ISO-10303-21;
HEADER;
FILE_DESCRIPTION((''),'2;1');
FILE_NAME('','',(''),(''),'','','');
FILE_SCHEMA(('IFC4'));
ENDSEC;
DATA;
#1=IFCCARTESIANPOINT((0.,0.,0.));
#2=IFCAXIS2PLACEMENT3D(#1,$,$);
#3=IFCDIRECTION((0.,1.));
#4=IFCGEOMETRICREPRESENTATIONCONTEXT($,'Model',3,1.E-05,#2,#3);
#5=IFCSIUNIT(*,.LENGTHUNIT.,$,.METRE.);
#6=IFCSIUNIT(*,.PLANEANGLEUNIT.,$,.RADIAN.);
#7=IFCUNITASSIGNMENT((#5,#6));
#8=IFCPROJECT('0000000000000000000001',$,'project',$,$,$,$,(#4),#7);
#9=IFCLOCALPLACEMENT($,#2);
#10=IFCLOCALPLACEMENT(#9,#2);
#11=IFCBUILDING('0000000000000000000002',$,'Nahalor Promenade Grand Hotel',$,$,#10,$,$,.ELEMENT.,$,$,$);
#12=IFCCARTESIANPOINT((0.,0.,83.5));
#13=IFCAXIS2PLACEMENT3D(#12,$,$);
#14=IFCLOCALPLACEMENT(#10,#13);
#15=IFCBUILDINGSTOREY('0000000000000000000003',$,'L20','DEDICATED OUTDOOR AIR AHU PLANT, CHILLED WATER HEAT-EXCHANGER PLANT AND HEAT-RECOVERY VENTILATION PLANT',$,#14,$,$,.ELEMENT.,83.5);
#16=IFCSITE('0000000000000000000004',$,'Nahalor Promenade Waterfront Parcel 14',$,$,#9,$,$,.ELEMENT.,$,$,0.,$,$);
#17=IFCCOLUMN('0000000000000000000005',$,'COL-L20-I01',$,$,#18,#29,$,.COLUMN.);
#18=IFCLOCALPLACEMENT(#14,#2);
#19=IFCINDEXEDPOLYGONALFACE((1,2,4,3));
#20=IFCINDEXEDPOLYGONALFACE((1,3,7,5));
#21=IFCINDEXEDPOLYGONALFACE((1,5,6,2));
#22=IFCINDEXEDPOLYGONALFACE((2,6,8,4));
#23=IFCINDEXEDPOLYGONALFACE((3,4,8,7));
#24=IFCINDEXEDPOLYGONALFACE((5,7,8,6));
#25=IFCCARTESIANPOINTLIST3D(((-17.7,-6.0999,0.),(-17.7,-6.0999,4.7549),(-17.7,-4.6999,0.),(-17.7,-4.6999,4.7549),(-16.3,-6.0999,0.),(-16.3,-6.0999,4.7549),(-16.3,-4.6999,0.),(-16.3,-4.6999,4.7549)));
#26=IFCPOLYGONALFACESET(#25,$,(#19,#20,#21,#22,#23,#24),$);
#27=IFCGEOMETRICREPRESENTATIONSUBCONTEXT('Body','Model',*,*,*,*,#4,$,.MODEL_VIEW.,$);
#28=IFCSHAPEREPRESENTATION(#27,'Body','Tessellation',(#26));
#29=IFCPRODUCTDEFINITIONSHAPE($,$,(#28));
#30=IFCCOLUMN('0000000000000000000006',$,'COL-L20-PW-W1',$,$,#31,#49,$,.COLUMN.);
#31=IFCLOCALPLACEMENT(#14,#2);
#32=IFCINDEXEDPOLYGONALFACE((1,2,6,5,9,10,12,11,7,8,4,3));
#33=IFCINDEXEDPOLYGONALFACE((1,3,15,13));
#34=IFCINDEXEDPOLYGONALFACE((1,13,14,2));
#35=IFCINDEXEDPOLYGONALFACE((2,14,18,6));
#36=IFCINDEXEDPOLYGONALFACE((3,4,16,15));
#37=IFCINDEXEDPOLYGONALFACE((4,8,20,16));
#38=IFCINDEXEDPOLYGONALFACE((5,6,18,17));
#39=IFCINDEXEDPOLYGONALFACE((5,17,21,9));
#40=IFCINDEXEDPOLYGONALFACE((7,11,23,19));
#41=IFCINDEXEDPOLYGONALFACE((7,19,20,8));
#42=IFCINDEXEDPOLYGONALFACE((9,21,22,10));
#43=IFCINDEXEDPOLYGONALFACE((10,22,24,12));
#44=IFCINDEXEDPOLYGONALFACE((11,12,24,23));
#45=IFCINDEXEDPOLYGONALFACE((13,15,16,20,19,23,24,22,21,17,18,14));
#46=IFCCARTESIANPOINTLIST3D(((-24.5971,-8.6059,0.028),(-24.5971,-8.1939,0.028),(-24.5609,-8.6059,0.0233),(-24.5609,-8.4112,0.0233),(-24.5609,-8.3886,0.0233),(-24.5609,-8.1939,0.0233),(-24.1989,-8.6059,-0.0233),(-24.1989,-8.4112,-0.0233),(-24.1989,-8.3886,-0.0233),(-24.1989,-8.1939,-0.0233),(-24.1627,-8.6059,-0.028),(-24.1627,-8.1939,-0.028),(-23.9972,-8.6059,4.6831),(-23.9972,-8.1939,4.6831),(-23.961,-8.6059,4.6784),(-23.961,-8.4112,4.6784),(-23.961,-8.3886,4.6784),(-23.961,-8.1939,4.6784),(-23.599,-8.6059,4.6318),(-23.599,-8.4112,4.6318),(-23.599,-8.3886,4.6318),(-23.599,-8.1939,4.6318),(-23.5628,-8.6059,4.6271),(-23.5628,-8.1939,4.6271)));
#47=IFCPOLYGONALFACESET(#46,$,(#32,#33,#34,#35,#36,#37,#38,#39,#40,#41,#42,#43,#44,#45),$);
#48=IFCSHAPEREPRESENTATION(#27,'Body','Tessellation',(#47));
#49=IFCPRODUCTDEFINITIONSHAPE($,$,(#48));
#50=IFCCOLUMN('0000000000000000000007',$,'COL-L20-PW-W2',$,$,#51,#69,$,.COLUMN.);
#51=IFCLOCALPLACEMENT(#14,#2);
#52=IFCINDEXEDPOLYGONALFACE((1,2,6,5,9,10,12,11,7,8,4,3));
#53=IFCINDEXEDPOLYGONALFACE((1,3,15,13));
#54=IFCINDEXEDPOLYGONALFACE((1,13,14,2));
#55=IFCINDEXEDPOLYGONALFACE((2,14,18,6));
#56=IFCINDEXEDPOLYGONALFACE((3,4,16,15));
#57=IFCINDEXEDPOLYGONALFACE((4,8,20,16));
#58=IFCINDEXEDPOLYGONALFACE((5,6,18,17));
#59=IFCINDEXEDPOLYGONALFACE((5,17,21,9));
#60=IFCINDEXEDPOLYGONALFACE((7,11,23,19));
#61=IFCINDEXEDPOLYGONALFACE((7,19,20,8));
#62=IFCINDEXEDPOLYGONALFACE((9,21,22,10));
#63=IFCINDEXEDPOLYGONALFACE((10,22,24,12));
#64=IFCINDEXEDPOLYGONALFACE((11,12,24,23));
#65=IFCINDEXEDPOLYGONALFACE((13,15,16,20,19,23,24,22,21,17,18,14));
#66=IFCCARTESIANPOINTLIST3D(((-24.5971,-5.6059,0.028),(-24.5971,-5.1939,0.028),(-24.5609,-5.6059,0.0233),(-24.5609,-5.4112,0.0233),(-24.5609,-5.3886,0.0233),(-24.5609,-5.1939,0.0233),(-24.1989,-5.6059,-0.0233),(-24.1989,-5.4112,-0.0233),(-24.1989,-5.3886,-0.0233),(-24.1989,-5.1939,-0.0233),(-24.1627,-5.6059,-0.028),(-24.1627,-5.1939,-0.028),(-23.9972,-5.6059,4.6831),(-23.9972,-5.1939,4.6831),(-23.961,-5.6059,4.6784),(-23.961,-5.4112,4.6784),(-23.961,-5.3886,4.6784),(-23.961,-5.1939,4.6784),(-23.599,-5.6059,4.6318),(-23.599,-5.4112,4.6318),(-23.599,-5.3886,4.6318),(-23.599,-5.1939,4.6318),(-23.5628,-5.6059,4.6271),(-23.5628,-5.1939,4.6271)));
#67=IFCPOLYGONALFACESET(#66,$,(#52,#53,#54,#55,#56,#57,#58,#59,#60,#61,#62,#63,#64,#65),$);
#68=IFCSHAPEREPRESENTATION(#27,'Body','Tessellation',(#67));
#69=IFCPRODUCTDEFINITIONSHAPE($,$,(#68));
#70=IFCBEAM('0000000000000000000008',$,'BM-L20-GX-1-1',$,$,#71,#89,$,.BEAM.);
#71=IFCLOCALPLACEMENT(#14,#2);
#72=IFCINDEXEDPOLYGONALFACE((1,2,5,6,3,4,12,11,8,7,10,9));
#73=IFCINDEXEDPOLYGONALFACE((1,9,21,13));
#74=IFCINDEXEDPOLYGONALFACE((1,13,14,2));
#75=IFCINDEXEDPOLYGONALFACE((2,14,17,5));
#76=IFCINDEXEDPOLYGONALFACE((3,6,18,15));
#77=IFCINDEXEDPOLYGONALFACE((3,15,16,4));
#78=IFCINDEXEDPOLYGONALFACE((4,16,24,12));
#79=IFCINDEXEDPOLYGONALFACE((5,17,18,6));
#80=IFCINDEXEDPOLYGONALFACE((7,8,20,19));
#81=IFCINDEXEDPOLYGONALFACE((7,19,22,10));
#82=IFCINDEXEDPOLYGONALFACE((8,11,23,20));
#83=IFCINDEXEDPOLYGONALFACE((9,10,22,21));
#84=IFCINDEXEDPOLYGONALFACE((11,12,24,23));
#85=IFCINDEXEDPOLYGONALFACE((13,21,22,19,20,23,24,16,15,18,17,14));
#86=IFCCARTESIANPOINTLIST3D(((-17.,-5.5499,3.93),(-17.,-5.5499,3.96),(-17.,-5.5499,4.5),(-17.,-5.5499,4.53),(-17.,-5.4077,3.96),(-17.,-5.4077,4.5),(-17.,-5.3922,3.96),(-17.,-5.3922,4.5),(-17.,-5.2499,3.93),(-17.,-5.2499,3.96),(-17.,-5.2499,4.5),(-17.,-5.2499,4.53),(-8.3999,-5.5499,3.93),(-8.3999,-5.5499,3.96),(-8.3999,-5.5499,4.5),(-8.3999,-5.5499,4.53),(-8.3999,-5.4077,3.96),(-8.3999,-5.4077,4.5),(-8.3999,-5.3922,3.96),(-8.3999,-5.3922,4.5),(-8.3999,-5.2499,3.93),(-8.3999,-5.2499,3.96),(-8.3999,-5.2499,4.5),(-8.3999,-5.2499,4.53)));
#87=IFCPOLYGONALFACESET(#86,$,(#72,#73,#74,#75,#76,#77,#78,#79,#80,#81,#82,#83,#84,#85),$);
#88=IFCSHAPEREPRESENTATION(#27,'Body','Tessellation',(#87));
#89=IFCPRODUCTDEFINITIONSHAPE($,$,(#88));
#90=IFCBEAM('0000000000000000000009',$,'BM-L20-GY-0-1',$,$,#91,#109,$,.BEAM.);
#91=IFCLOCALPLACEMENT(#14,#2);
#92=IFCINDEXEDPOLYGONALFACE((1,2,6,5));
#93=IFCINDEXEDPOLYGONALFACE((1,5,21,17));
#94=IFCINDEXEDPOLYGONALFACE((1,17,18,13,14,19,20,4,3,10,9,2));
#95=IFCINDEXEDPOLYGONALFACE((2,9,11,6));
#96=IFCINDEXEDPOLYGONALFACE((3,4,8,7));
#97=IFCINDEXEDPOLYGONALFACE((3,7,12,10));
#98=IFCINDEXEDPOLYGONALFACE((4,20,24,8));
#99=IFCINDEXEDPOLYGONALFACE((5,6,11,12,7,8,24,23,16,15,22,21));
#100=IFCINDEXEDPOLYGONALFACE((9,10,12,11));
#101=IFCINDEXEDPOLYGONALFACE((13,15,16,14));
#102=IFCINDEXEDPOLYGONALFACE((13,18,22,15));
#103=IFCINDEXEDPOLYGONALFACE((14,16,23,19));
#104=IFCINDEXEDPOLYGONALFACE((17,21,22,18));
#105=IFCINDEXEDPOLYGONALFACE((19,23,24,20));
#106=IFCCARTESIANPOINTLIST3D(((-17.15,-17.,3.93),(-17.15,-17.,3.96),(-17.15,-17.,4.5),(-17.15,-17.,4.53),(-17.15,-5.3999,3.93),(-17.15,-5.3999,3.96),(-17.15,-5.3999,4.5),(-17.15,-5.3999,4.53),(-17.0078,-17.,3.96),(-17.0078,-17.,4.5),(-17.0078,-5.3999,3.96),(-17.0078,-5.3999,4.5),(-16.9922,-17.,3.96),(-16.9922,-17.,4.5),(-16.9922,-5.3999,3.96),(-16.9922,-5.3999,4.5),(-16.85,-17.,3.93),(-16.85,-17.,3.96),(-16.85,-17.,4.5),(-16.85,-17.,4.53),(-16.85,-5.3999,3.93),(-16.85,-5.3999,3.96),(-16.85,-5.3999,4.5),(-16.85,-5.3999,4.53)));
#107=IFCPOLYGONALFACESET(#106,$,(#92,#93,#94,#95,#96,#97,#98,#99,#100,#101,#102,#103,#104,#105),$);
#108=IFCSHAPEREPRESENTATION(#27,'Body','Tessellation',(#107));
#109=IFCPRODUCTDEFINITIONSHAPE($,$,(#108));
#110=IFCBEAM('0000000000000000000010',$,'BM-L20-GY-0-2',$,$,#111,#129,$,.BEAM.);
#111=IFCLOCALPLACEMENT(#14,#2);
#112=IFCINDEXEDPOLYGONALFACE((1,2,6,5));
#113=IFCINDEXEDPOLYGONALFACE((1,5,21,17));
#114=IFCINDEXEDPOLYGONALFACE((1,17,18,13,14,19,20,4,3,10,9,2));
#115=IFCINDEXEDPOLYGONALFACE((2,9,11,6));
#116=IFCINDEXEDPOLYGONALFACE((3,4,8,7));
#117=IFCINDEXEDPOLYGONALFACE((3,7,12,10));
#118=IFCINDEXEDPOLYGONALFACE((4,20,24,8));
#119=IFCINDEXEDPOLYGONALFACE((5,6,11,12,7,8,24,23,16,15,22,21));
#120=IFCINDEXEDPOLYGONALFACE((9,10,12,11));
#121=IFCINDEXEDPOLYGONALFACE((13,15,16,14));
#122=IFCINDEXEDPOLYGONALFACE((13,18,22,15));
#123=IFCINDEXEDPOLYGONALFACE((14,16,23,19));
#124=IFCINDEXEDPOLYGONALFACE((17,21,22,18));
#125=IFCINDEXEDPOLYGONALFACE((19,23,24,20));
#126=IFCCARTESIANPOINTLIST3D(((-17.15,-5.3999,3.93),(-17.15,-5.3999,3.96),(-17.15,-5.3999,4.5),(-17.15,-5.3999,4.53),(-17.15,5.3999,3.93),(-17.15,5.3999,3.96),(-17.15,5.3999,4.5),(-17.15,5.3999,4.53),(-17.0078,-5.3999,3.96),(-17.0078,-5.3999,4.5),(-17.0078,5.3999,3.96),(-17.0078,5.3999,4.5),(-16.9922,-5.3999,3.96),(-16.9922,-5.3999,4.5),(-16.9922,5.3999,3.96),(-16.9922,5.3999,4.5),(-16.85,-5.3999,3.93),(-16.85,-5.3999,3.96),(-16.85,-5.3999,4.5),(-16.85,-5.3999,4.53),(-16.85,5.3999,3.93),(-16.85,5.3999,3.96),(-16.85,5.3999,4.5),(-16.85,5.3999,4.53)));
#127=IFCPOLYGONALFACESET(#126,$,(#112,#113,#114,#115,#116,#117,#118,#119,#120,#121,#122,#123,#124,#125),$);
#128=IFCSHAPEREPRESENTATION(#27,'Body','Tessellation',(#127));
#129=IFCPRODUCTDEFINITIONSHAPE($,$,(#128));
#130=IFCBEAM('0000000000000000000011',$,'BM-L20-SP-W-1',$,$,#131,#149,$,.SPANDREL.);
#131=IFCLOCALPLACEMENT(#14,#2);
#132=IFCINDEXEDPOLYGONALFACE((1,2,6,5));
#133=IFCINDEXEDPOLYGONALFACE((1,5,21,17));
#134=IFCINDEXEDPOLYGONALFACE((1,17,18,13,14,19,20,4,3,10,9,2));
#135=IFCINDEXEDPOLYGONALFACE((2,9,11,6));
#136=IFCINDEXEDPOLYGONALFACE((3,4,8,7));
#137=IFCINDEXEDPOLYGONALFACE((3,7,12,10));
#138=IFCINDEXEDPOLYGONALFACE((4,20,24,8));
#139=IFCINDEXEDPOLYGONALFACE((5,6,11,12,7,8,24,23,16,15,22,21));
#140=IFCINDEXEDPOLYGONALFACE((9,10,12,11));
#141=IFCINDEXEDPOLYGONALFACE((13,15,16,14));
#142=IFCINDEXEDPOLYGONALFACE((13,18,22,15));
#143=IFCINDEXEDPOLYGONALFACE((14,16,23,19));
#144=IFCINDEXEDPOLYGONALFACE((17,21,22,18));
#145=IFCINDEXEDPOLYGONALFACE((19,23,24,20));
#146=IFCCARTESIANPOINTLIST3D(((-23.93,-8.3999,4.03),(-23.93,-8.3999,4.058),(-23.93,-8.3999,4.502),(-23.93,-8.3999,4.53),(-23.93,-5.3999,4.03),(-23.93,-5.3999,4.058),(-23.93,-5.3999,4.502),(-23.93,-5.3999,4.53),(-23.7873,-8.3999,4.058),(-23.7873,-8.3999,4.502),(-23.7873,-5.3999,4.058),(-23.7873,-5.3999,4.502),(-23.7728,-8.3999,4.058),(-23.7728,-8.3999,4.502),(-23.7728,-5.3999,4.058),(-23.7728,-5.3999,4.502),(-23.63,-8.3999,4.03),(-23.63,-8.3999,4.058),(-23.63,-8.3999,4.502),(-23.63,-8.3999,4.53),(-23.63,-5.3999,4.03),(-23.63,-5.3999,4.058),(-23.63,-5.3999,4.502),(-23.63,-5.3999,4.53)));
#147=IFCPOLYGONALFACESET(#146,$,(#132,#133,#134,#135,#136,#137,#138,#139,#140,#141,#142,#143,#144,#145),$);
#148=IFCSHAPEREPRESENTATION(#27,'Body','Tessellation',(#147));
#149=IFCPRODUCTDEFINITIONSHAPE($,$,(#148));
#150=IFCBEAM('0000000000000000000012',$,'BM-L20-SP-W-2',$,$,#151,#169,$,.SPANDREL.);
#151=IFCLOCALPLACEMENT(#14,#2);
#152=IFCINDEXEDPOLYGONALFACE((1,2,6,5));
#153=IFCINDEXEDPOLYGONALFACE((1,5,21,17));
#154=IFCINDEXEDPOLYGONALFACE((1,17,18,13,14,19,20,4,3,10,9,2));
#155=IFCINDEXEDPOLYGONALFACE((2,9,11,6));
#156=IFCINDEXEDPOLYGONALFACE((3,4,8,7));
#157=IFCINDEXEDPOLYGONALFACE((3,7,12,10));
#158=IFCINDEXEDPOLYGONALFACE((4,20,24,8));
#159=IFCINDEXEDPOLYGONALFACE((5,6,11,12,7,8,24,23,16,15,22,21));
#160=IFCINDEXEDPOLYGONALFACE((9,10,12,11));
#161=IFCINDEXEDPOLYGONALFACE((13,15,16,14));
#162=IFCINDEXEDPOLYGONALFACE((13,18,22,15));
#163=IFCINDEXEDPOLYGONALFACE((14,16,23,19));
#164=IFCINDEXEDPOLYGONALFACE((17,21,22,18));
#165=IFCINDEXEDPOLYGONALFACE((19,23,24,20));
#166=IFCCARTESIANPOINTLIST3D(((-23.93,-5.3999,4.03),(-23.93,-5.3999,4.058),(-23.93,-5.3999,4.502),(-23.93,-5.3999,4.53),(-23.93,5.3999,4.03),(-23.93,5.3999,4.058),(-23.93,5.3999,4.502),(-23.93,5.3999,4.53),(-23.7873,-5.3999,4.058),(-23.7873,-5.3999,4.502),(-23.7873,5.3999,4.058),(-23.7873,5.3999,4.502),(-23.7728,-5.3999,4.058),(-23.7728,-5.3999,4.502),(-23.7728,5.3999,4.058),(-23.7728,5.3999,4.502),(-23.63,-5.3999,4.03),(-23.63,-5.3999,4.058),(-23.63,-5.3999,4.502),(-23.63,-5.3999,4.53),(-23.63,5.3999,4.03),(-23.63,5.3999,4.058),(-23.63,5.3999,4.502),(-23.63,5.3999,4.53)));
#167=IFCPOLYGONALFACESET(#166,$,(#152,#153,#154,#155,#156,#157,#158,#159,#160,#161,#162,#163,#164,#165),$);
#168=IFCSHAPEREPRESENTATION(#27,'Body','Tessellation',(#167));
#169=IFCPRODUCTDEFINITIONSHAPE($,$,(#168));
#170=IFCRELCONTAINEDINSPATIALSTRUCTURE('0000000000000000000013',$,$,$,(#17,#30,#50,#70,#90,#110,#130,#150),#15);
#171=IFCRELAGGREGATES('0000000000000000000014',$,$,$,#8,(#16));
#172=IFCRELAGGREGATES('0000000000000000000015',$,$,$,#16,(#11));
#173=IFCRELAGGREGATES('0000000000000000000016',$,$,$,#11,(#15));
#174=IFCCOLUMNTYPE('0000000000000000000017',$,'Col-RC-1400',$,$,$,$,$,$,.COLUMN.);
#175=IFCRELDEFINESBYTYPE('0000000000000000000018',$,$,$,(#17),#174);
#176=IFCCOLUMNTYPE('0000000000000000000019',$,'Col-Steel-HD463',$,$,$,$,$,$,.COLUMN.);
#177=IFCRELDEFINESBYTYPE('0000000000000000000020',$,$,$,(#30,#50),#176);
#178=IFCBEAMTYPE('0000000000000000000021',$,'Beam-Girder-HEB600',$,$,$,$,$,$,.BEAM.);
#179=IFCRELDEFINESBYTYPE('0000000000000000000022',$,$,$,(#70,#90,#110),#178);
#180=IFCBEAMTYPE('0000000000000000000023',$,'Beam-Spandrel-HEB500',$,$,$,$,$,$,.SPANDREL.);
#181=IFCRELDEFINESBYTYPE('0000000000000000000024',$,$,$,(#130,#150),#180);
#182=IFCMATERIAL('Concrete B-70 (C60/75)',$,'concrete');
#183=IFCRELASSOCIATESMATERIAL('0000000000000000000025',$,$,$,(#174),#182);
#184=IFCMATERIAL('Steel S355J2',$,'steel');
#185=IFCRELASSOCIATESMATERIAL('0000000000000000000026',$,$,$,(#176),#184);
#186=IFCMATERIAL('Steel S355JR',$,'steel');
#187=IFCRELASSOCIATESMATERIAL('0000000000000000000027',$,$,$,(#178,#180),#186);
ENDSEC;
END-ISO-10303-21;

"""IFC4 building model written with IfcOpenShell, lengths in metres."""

from ifc_helpers import new_model, si_unit, direction, frame, origin, origin_2d, place, context, subcontext, project, spatial, rectangle, i_section, extrude, source, transform, mapped, material, material_profile, profile_set, type_object, element, save


model = new_model("IFC4")

# Units and contexts
model_context = context("Model", 3, precision=1e-05, world=origin(), true_north=direction((0.0, 1.0)))
body_context = subcontext(model_context, "Body", "Model", "MODEL_VIEW")
ifc_project = project(units=[si_unit("LENGTHUNIT", "METRE"), si_unit("PLANEANGLEUNIT", "RADIAN")], contexts=[model_context])

# Site, building, storey
site_placement = place(None, origin())
site = spatial("IfcSite", under=ifc_project, at=site_placement, Name="Nahalor Promenade Waterfront Parcel 14", CompositionType="ELEMENT", RefElevation=0.0)
building_placement = place(site_placement, origin())
building = spatial("IfcBuilding", under=site, at=building_placement, Name="Nahalor Promenade Grand Hotel", CompositionType="ELEMENT")
storey_placement = place(building_placement, frame((0.0, 0.0, 83.5)))
storey = spatial("IfcBuildingStorey", under=building, at=storey_placement, Name="L20", Description="DEDICATED OUTDOOR AIR AHU PLANT, CHILLED WATER HEAT-EXCHANGER PLANT AND HEAT-RECOVERY VENTILATION PLANT", CompositionType="ELEMENT", Elevation=83.5)

# Columns
ifc_material_1 = material(Name="Concrete B-70 (C60/75)", Category="concrete")
ifc_material_profile_1 = material_profile(ifc_material_1, rectangle(XDim=1.4, YDim=1.4, at=origin_2d()), Name="RC 1400x1400")
ifc_profile_set_1 = profile_set([ifc_material_profile_1], Name="Concrete B-70 (C60/75)")
column_type_1 = type_object("IfcColumnType", Name="Col-RC-1400", PredefinedType="COLUMN", material=ifc_profile_set_1)
shared_shape_1 = source(origin(), body_context, "Body", "SweptSolid", [
    extrude(rectangle(XDim=1.4, YDim=1.4, at=origin_2d()), origin(), (0.0, 0.0, 1.0), 4.7549),
])
column_placement = place(storey_placement, frame((-17.0, -5.3999, 0.0), z_axis=(0.0, 0.0, 1.0), x_axis=(1.0, 0.0, 0.0)))
element("IfcColumn", 1, at=column_placement, inside=storey, type_object=column_type_1, Name="COL-L20-I01", PredefinedType="COLUMN", context=body_context, shape_type="MappedRepresentation", body=[
    mapped(shared_shape_1, transform((0.0, 0.0, 0.0), scale=1.0)),
])
ifc_material_2 = material(Name="Steel S355J2", Category="steel")
ifc_material_profile_2 = material_profile(ifc_material_2, i_section(OverallWidth=0.412, OverallDepth=0.438, WebThickness=0.0226, FlangeThickness=0.0365, at=origin_2d()), Name="HD 400x463")
ifc_profile_set_2 = profile_set([ifc_material_profile_2], Name="Steel S355J2")
column_type_2 = type_object("IfcColumnType", Name="Col-Steel-HD463", PredefinedType="COLUMN", material=ifc_profile_set_2)
shared_shape_2 = source(origin(), body_context, "Body", "SweptSolid", [
    extrude(i_section(OverallWidth=0.412, OverallDepth=0.438, WebThickness=0.0226, FlangeThickness=0.0365, at=origin_2d()), origin(), (0.0, 0.0, 1.0), 4.6936),
])
for number, where, z_axis, x_axis, name in (
    (2, (-24.3799, -8.3999, 0.0), (0.127805, 0.0, 0.991799), (0.0, 1.0, 0.0), "COL-L20-PW-W1"),
    (3, (-24.3799, -5.3999, 0.0), (0.127805, 0.0, 0.991799), (0.0, 1.0, 0.0), "COL-L20-PW-W2"),
):
    element("IfcColumn", number, at=place(storey_placement, frame(where, z_axis=z_axis, x_axis=x_axis)), inside=storey, type_object=column_type_2, Name=name, PredefinedType="COLUMN", context=body_context, shape_type="MappedRepresentation", body=[
        mapped(shared_shape_2, transform((0.0, 0.0, 0.0), scale=1.0)),
    ])

# Beams
ifc_material_3 = material(Name="Steel S355JR", Category="steel")
ifc_material_profile_3 = material_profile(ifc_material_3, i_section(OverallWidth=0.3, OverallDepth=0.6, WebThickness=0.0155, FlangeThickness=0.03, at=origin_2d()), Name="HEB 600")
ifc_profile_set_3 = profile_set([ifc_material_profile_3], Name="Steel S355JR")
beam_type_1 = type_object("IfcBeamType", Name="Beam-Girder-HEB600", PredefinedType="BEAM", material=ifc_profile_set_3)
shared_shape_3 = source(origin(), body_context, "Body", "SweptSolid", [
    extrude(i_section(OverallWidth=0.3, OverallDepth=0.6, WebThickness=0.0155, FlangeThickness=0.03, at=origin_2d()), origin(), (0.0, 0.0, 1.0), 8.6001),
])
beam_1_placement = place(storey_placement, frame((-17.0, -5.3999, 4.23), z_axis=(1.0, 0.0, 0.0), x_axis=(0.0, 1.0, 0.0)))
element("IfcBeam", 4, at=beam_1_placement, inside=storey, type_object=beam_type_1, Name="BM-L20-GX-1-1", PredefinedType="BEAM", context=body_context, shape_type="MappedRepresentation", body=[
    mapped(shared_shape_3, transform((0.0, 0.0, 0.0), scale=1.0)),
])
shared_shape_4 = source(origin(), body_context, "Body", "SweptSolid", [
    extrude(i_section(OverallWidth=0.3, OverallDepth=0.6, WebThickness=0.0155, FlangeThickness=0.03, at=origin_2d()), origin(), (0.0, 0.0, 1.0), 11.6001),
])
beam_2_placement = place(storey_placement, frame((-17.0, -17.0, 4.23), z_axis=(0.0, 1.0, 0.0), x_axis=(-1.0, 0.0, 0.0)))
element("IfcBeam", 5, at=beam_2_placement, inside=storey, type_object=beam_type_1, Name="BM-L20-GY-0-1", PredefinedType="BEAM", context=body_context, shape_type="MappedRepresentation", body=[
    mapped(shared_shape_4, transform((0.0, 0.0, 0.0), scale=1.0)),
])
shared_shape_5 = source(origin(), body_context, "Body", "SweptSolid", [
    extrude(i_section(OverallWidth=0.3, OverallDepth=0.6, WebThickness=0.0155, FlangeThickness=0.03, at=origin_2d()), origin(), (0.0, 0.0, 1.0), 10.7998),
])
beam_3_placement = place(storey_placement, frame((-17.0, -5.3999, 4.23), z_axis=(0.0, 1.0, 0.0), x_axis=(-1.0, 0.0, 0.0)))
element("IfcBeam", 6, at=beam_3_placement, inside=storey, type_object=beam_type_1, Name="BM-L20-GY-0-2", PredefinedType="BEAM", context=body_context, shape_type="MappedRepresentation", body=[
    mapped(shared_shape_5, transform((0.0, 0.0, 0.0), scale=1.0)),
])
ifc_material_profile_4 = material_profile(ifc_material_3, i_section(OverallWidth=0.3, OverallDepth=0.5, WebThickness=0.0145, FlangeThickness=0.028, at=origin_2d()), Name="HEB 500")
ifc_profile_set_4 = profile_set([ifc_material_profile_4], Name="Steel S355JR")
beam_type_2 = type_object("IfcBeamType", Name="Beam-Spandrel-HEB500", PredefinedType="SPANDREL", material=ifc_profile_set_4)
shared_shape_6 = source(origin(), body_context, "Body", "SweptSolid", [
    extrude(i_section(OverallWidth=0.3, OverallDepth=0.5, WebThickness=0.0145, FlangeThickness=0.028, at=origin_2d()), origin(), (0.0, 0.0, 1.0), 3.0),
])
beam_4_placement = place(storey_placement, frame((-23.78, -8.3999, 4.28), z_axis=(0.0, 1.0, 0.0), x_axis=(-1.0, 0.0, 0.0)))
element("IfcBeam", 7, at=beam_4_placement, inside=storey, type_object=beam_type_2, Name="BM-L20-SP-W-1", PredefinedType="SPANDREL", context=body_context, shape_type="MappedRepresentation", body=[
    mapped(shared_shape_6, transform((0.0, 0.0, 0.0), scale=1.0)),
])
shared_shape_7 = source(origin(), body_context, "Body", "SweptSolid", [
    extrude(i_section(OverallWidth=0.3, OverallDepth=0.5, WebThickness=0.0145, FlangeThickness=0.028, at=origin_2d()), origin(), (0.0, 0.0, 1.0), 10.7998),
])
beam_5_placement = place(storey_placement, frame((-23.78, -5.3999, 4.28), z_axis=(0.0, 1.0, 0.0), x_axis=(-1.0, 0.0, 0.0)))
element("IfcBeam", 8, at=beam_5_placement, inside=storey, type_object=beam_type_2, Name="BM-L20-SP-W-2", PredefinedType="SPANDREL", context=body_context, shape_type="MappedRepresentation", body=[
    mapped(shared_shape_7, transform((0.0, 0.0, 0.0), scale=1.0)),
])

save(model, "model.ifc")
